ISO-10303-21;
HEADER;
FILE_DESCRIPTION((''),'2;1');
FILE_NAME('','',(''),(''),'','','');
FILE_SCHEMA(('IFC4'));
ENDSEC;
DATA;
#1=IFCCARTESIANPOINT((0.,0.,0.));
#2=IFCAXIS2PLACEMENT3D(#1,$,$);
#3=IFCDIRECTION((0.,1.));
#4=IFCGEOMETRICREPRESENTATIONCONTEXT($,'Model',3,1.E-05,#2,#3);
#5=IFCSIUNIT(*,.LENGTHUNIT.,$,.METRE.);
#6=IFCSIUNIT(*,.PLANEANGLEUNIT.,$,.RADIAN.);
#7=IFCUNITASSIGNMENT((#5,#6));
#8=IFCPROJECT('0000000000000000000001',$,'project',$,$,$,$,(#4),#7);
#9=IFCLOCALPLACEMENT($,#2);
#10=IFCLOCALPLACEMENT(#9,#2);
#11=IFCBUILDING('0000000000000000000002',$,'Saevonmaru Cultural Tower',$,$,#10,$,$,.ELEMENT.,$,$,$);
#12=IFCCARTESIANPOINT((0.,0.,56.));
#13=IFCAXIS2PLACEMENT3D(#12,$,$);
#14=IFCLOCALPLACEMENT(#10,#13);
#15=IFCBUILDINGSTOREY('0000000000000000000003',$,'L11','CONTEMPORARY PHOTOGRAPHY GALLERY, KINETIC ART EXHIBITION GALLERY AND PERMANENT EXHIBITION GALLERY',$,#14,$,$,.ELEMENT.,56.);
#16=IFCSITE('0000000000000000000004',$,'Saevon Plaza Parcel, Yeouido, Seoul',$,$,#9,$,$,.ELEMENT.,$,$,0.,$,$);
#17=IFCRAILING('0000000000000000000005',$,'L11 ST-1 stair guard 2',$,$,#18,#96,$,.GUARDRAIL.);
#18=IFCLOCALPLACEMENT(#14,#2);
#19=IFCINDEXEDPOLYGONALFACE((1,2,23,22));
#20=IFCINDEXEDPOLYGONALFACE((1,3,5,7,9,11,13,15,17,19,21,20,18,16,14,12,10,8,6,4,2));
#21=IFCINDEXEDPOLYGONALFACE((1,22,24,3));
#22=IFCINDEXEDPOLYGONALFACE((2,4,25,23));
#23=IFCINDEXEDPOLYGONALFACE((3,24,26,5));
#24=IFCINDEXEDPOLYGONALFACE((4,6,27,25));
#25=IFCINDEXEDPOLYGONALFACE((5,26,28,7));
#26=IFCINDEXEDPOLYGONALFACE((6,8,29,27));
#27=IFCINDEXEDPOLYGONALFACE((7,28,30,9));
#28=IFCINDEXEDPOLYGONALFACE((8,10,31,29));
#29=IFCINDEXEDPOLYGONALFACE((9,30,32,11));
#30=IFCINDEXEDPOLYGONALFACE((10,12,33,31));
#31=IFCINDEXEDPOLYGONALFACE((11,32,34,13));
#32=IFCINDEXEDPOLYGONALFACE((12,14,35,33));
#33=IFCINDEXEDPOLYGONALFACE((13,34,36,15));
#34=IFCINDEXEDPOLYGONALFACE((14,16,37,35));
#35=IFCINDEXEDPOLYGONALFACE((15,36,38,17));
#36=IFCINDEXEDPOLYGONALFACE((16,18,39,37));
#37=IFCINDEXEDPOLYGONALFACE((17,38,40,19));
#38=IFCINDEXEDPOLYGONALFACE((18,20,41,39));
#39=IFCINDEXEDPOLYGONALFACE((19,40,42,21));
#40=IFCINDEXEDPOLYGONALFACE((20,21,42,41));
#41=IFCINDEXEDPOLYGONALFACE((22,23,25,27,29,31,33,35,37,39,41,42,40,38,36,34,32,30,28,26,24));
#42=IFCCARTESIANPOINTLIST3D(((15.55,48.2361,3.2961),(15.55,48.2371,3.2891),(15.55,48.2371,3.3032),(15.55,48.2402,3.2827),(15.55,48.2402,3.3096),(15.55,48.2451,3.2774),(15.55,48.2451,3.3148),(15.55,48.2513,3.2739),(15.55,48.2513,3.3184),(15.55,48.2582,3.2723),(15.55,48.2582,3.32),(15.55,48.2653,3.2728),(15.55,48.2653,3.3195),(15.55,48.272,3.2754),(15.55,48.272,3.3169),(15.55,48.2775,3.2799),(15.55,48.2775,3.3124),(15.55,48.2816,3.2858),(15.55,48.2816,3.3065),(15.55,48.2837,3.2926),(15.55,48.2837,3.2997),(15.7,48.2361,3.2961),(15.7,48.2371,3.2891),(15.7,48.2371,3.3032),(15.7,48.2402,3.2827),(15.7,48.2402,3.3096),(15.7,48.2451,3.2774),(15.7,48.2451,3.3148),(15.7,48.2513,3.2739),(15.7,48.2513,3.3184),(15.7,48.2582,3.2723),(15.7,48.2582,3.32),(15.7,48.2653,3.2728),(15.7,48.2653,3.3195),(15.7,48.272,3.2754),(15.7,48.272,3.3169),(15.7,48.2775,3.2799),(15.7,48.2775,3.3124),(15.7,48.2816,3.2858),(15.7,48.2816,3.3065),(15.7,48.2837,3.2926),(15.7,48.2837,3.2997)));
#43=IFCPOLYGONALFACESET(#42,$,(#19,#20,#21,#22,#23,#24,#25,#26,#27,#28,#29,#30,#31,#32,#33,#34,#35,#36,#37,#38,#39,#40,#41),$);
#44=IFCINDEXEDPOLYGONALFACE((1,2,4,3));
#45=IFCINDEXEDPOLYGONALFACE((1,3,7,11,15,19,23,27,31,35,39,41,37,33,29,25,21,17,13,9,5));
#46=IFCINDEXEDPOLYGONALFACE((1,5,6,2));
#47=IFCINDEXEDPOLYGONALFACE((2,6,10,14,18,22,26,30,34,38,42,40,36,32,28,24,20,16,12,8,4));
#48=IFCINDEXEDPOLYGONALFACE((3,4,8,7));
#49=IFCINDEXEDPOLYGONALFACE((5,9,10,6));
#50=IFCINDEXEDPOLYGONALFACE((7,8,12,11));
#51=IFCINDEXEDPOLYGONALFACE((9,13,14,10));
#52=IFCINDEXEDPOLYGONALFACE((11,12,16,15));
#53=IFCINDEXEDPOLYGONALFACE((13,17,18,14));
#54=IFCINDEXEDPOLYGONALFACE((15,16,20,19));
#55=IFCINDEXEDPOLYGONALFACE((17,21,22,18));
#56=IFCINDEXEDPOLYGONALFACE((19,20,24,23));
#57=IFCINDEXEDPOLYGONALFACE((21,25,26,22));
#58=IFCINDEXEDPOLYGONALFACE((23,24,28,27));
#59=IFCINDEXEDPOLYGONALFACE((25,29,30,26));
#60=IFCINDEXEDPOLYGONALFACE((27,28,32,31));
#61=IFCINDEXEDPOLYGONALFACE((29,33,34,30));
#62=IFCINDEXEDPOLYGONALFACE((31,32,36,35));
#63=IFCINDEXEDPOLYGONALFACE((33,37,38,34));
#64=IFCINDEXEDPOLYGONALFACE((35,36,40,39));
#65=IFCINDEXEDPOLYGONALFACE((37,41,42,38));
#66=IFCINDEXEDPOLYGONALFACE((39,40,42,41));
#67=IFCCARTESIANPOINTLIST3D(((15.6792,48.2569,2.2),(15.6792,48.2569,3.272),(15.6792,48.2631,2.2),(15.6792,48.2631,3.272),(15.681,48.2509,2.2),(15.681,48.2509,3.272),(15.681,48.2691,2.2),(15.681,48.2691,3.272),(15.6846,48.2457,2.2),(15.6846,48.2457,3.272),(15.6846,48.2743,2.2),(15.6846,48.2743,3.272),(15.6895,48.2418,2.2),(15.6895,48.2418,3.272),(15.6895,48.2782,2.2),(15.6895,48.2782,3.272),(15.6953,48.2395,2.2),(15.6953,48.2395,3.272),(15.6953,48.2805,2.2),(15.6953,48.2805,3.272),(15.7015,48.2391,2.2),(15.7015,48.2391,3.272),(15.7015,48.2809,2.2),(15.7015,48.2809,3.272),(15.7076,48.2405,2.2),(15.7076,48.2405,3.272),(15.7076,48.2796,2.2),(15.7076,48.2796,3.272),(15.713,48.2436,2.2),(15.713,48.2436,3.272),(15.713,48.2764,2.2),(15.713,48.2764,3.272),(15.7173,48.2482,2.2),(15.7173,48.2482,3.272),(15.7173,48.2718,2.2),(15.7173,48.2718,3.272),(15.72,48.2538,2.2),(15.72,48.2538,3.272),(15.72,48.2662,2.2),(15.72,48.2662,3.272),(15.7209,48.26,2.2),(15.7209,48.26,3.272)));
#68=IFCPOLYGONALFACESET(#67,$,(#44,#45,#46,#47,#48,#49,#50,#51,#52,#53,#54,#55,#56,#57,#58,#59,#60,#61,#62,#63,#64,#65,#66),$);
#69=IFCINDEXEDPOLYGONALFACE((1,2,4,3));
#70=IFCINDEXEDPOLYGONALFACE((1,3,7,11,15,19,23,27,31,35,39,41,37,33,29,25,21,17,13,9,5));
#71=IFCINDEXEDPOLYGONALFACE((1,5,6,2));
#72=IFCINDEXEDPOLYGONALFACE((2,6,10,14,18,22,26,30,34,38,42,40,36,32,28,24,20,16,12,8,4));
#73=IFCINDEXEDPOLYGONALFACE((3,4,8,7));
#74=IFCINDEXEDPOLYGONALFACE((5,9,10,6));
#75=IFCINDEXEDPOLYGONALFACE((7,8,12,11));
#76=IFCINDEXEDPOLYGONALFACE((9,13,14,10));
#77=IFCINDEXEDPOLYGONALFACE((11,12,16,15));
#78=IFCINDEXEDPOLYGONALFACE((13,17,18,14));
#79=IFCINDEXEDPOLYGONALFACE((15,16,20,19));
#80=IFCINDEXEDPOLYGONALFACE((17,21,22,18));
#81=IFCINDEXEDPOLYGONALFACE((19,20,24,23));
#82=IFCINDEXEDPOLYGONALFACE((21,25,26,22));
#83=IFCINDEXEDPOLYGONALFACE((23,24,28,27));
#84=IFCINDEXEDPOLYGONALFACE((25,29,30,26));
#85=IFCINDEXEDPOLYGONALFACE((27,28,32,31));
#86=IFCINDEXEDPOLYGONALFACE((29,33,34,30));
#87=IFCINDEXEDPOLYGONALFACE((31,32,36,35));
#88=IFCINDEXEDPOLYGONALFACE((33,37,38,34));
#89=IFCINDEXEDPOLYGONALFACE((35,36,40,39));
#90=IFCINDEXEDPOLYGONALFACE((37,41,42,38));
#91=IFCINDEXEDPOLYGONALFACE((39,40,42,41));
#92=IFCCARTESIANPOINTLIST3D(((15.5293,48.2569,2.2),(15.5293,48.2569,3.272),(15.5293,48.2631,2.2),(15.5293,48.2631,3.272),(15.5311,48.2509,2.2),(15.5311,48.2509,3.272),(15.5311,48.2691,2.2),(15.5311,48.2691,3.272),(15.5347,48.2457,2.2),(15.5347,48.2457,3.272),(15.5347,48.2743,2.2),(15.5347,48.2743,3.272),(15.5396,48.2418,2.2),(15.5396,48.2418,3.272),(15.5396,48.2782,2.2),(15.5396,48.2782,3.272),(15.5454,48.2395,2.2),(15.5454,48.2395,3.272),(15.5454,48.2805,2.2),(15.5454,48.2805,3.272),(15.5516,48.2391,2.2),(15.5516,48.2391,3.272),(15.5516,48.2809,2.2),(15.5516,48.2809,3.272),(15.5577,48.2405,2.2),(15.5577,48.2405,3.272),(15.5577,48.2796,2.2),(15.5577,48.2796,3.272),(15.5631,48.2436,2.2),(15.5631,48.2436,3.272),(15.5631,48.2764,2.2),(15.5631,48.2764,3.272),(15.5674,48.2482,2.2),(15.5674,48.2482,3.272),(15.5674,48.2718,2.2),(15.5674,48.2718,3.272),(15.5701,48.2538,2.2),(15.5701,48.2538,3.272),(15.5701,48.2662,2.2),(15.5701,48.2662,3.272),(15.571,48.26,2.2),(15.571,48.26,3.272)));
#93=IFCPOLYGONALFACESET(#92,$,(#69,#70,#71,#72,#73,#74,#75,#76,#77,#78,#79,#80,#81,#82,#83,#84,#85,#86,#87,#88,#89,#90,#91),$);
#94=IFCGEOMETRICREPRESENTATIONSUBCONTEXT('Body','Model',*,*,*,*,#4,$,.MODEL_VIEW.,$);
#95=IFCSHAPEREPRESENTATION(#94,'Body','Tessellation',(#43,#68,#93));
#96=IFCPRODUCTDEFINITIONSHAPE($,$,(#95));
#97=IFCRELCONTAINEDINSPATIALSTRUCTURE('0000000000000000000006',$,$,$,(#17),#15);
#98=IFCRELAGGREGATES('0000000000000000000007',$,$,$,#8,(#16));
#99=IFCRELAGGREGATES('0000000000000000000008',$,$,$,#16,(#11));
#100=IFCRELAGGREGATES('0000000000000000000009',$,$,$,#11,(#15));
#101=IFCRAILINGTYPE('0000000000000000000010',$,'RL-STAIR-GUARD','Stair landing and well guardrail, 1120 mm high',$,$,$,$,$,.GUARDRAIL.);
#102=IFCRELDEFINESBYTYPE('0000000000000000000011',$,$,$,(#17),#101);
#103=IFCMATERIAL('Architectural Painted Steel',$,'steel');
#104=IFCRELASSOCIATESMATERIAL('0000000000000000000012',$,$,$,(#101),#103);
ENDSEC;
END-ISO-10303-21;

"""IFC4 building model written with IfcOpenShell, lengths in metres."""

from ifc_helpers import new_model, si_unit, direction, frame, origin, origin_2d, place, context, subcontext, project, spatial, circle, extrude, material, type_object, element, save


model = new_model("IFC4")

# Units and contexts
model_context = context("Model", 3, precision=1e-05, world=origin(), true_north=direction((0.0, 1.0)))
body_context = subcontext(model_context, "Body", "Model", "MODEL_VIEW")
ifc_project = project(units=[si_unit("LENGTHUNIT", "METRE"), si_unit("PLANEANGLEUNIT", "RADIAN")], contexts=[model_context])

# Site, building, storey
site_placement = place(None, origin())
site = spatial("IfcSite", under=ifc_project, at=site_placement, Name="Saevon Plaza Parcel, Yeouido, Seoul", CompositionType="ELEMENT", RefElevation=0.0)
building_placement = place(site_placement, origin())
building = spatial("IfcBuilding", under=site, at=building_placement, Name="Saevonmaru Cultural Tower", CompositionType="ELEMENT")
storey_placement = place(building_placement, frame((0.0, 0.0, 56.0)))
storey = spatial("IfcBuildingStorey", under=building, at=storey_placement, Name="L11", Description="CONTEMPORARY PHOTOGRAPHY GALLERY, KINETIC ART EXHIBITION GALLERY AND PERMANENT EXHIBITION GALLERY", CompositionType="ELEMENT", Elevation=56.0)

# Railing
ifc_material_1 = material(Name="Architectural Painted Steel", Category="steel")
railing_type = type_object("IfcRailingType", Name="RL-STAIR-GUARD", Description="Stair landing and well guardrail, 1120 mm high", PredefinedType="GUARDRAIL", material=ifc_material_1)
railing_1_placement = place(storey_placement, frame((15.7, 48.26, 2.2)))
element("IfcRailing", 1, at=railing_1_placement, inside=storey, type_object=railing_type, Name="L11 ST-1 stair guard 2", PredefinedType="GUARDRAIL", context=body_context, shape_type="SweptSolid", body=[
    extrude(circle(Radius=0.0239, at=origin_2d()), frame((0.0, 0.0, 1.0962), z_axis=(-1.0, 0.0, 0.0), x_axis=(0.0, -1.0, 0.0)), (0.0, 0.0, 1.0), 0.1499),
    extrude(circle(Radius=0.021, at=origin_2d()), origin(), (0.0, 0.0, 1.0), 1.072),
    extrude(circle(Radius=0.021, at=origin_2d()), frame((-0.1499, 0.0, 0.0)), (0.0, 0.0, 1.0), 1.072),
])

save(model, "model.ifc")
